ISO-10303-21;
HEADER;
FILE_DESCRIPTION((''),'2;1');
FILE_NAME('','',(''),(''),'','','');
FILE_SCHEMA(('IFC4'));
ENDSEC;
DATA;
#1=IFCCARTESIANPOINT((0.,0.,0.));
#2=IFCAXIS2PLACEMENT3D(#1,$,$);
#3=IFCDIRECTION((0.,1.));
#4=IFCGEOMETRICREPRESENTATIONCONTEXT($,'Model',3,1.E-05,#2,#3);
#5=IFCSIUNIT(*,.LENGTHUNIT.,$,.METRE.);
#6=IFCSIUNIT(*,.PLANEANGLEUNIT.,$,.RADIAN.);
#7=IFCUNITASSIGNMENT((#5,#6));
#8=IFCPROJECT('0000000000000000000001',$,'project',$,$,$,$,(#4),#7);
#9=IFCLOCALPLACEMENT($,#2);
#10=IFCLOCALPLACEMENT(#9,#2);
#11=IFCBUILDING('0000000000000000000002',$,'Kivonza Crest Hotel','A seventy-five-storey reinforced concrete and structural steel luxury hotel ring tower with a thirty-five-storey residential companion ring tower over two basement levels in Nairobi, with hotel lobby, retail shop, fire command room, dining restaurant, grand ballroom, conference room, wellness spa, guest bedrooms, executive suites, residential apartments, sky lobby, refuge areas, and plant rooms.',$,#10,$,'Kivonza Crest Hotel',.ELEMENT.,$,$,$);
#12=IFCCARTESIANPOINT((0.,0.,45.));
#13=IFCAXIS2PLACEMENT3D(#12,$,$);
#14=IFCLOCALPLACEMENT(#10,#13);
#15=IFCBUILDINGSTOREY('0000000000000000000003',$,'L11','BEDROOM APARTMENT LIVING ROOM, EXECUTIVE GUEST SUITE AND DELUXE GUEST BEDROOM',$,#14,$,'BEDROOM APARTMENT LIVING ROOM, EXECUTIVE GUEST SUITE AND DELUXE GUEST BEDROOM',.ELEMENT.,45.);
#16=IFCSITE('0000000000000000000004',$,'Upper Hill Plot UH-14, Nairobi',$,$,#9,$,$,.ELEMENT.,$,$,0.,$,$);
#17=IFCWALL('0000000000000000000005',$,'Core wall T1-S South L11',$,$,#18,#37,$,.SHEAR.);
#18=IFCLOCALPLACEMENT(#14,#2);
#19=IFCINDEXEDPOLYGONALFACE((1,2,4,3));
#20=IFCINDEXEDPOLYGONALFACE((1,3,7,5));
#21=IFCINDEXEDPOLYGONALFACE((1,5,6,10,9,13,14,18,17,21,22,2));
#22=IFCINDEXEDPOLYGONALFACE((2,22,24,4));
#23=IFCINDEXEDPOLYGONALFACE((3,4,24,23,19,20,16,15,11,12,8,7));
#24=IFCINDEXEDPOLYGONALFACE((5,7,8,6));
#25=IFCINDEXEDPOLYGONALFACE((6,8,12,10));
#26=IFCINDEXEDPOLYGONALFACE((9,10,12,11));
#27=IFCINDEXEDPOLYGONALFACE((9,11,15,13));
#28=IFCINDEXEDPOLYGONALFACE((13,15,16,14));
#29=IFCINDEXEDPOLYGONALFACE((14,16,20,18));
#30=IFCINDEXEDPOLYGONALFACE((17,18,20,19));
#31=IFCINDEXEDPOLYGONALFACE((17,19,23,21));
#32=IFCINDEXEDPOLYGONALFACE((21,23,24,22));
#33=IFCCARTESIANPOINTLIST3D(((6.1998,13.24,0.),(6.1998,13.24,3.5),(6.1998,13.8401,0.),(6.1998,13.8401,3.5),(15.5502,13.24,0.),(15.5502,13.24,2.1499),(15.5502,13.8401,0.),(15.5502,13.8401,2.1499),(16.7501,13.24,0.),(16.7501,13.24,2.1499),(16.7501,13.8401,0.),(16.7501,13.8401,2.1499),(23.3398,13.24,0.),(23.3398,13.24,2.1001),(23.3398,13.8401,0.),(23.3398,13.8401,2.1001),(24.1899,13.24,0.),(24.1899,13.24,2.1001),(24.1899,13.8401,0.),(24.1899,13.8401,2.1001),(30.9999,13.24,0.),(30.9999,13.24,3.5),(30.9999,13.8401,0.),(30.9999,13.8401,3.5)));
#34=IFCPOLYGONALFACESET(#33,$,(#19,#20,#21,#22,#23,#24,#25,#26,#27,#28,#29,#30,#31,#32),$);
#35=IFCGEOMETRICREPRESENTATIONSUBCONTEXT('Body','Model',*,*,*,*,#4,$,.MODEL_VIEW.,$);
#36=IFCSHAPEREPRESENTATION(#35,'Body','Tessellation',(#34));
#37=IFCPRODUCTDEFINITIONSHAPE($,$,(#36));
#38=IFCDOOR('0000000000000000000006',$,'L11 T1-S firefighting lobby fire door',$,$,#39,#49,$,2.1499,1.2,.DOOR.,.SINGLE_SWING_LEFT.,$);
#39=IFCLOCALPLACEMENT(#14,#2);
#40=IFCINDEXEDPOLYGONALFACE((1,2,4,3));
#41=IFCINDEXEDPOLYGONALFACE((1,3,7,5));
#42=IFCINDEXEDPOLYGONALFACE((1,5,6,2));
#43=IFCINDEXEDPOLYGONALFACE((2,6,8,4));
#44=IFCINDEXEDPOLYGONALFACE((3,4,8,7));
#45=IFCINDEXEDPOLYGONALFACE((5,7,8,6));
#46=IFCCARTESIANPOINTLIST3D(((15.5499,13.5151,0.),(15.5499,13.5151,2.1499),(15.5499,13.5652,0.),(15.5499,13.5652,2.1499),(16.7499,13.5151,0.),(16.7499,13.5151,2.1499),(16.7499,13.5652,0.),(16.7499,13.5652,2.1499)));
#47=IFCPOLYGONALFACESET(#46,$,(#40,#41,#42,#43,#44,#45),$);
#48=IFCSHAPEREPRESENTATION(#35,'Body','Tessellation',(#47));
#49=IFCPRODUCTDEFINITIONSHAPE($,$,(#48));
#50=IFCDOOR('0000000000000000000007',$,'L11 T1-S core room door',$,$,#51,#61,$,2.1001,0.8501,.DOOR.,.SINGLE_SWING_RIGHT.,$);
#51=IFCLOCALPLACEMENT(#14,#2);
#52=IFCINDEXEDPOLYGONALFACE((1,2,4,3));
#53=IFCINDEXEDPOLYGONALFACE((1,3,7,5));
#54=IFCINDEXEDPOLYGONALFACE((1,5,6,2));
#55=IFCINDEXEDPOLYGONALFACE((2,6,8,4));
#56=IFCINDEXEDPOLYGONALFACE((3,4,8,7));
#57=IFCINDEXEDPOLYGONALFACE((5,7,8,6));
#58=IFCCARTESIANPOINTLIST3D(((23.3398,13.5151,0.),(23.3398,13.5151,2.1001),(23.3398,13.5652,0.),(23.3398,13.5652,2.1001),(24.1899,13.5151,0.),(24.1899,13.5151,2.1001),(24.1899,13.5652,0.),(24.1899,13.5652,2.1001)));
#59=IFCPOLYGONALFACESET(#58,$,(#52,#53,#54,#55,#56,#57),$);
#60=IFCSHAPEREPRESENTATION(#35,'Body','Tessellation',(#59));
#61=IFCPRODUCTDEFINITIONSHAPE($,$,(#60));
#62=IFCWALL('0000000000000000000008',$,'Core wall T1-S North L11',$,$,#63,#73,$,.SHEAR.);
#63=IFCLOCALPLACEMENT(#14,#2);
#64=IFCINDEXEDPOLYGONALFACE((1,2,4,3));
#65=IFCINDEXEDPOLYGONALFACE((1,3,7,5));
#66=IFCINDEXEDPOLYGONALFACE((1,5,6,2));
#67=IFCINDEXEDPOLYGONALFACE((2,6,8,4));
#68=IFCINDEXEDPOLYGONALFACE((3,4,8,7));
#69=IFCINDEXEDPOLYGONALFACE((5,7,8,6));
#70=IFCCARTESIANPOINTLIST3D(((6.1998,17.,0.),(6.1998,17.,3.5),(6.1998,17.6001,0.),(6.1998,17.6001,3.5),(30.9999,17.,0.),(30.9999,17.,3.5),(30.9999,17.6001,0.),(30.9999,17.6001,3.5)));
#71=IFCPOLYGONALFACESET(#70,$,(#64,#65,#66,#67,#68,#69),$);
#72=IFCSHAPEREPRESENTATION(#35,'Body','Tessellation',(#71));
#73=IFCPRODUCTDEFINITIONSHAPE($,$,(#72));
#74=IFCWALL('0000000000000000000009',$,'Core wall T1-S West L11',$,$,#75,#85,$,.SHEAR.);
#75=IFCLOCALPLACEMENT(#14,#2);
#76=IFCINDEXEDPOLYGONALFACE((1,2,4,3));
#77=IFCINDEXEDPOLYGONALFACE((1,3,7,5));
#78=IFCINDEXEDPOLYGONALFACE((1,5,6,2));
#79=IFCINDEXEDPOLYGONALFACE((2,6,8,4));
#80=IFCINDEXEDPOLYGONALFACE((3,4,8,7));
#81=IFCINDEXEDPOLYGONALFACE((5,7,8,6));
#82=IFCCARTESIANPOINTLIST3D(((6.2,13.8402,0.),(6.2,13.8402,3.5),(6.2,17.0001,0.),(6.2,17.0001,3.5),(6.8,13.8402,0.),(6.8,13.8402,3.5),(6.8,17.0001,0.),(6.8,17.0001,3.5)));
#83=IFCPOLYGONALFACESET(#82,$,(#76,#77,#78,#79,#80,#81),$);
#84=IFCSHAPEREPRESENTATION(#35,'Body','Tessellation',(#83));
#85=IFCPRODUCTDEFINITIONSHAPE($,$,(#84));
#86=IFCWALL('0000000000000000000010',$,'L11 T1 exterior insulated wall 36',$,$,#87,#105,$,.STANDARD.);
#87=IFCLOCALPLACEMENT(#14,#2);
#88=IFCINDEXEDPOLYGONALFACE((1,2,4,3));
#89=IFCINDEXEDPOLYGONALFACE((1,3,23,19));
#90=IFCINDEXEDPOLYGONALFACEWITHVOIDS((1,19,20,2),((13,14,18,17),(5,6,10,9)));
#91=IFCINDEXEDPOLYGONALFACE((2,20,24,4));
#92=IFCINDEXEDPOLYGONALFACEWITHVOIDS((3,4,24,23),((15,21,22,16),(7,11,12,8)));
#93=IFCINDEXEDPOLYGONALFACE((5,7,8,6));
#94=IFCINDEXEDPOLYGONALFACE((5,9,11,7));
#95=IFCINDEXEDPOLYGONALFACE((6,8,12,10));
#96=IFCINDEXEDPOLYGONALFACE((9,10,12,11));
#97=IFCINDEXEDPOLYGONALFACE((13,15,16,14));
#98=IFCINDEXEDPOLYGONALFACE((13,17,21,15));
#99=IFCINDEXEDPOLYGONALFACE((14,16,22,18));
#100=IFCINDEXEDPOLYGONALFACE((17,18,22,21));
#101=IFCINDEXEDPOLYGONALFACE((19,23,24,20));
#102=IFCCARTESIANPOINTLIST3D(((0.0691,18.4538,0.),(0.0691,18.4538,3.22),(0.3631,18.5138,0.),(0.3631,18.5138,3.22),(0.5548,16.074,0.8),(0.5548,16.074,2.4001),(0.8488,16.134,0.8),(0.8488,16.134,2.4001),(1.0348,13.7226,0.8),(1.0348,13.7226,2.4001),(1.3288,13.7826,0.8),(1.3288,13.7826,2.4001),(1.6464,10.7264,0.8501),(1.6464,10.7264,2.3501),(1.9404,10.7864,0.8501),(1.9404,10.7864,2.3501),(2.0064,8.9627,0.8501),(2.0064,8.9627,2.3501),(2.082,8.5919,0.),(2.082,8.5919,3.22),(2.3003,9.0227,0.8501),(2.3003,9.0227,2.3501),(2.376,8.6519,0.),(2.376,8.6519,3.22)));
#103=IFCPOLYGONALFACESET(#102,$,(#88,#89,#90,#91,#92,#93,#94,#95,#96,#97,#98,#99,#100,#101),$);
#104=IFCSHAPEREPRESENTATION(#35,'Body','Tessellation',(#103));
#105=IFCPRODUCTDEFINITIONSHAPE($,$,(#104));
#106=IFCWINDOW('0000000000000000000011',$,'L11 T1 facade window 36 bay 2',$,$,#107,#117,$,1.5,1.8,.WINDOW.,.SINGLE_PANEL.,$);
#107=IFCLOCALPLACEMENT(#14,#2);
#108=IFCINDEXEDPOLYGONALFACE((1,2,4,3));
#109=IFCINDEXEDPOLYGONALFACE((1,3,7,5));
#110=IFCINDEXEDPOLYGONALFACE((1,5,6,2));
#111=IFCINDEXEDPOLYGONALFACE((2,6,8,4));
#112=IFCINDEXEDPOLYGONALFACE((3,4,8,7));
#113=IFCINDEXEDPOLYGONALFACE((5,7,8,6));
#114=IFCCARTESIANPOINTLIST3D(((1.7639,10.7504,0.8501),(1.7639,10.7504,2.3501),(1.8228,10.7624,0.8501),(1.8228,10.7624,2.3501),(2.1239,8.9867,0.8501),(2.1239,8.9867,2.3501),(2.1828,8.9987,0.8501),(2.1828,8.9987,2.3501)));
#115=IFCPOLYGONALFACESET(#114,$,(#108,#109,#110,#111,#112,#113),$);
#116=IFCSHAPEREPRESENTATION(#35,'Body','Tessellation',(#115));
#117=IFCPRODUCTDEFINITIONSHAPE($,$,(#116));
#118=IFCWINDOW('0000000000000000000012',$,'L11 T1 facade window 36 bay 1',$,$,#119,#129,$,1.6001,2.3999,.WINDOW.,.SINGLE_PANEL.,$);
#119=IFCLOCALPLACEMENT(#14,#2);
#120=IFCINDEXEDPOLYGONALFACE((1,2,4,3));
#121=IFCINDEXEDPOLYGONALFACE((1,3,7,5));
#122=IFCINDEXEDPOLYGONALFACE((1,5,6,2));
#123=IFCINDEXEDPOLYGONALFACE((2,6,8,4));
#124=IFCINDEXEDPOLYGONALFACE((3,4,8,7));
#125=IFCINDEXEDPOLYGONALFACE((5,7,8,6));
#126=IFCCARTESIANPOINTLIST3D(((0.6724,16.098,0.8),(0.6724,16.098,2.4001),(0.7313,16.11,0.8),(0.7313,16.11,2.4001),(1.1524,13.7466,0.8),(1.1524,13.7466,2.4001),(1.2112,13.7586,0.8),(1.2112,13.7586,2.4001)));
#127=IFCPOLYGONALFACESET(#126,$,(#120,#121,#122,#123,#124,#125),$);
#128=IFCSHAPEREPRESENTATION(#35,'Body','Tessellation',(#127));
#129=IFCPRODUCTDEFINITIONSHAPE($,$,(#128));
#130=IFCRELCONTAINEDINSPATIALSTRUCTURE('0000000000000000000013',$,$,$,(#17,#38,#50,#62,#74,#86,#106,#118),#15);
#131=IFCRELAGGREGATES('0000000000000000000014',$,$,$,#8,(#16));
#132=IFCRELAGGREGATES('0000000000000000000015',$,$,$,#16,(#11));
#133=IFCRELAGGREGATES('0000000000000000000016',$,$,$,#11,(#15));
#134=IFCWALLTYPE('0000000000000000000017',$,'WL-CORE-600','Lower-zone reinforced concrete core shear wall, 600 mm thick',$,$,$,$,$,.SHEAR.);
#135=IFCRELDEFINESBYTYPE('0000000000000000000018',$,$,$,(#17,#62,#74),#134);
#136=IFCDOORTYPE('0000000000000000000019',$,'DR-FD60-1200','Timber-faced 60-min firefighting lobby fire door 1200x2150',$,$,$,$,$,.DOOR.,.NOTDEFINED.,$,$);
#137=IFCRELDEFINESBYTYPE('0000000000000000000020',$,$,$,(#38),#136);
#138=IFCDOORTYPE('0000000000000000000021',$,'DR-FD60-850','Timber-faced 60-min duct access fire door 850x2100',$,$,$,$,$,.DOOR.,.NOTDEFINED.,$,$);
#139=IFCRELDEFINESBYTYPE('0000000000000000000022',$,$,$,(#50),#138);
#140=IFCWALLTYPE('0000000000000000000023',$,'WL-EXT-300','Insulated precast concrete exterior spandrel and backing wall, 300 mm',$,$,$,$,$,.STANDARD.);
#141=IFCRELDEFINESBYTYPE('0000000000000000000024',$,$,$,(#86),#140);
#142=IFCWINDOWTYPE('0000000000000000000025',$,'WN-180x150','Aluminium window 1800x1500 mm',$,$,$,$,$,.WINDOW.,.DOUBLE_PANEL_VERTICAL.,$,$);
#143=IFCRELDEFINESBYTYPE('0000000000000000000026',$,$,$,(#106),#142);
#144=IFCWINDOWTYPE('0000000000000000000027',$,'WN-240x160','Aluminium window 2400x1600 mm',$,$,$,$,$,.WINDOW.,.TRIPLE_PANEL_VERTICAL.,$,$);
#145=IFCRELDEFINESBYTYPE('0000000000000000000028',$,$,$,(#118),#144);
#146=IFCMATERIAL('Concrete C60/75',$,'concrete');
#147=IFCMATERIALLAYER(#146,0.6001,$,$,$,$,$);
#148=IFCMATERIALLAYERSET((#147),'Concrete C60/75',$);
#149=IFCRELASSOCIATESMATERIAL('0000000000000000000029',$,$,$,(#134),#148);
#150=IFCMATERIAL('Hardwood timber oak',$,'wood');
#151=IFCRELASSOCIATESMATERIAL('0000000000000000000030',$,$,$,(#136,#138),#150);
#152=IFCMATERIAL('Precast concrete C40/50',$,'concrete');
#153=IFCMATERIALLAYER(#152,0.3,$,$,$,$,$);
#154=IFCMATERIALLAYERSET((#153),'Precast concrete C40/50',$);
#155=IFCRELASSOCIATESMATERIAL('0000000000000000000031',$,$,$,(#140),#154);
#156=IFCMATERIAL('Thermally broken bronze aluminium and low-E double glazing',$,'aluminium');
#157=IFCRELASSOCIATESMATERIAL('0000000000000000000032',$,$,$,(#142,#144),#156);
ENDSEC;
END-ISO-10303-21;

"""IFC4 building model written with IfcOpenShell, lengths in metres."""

from ifc_helpers import new_model, si_unit, direction, frame, frame_2d, origin, place, context, subcontext, project, spatial, rectangle, extrude, material, layer, layer_set, type_object, element, fill, save


model = new_model("IFC4")

# Units and contexts
model_context = context("Model", 3, precision=1e-05, world=origin(), true_north=direction((0.0, 1.0)))
body_context = subcontext(model_context, "Body", "Model", "MODEL_VIEW")
ifc_project = project(units=[si_unit("LENGTHUNIT", "METRE"), si_unit("PLANEANGLEUNIT", "RADIAN")], contexts=[model_context])

# Site, building, storey
site_placement = place(None, origin())
site = spatial("IfcSite", under=ifc_project, at=site_placement, Name="Upper Hill Plot UH-14, Nairobi", CompositionType="ELEMENT", RefElevation=0.0)
building_placement = place(site_placement, origin())
building = spatial("IfcBuilding", under=site, at=building_placement, Name="Kivonza Crest Hotel", Description="A seventy-five-storey reinforced concrete and structural steel luxury hotel ring tower with a thirty-five-storey residential companion ring tower over two basement levels in Nairobi, with hotel lobby, retail shop, fire command room, dining restaurant, grand ballroom, conference room, wellness spa, guest bedrooms, executive suites, residential apartments, sky lobby, refuge areas, and plant rooms.", LongName="Kivonza Crest Hotel", CompositionType="ELEMENT")
storey_placement = place(building_placement, frame((0.0, 0.0, 45.0)))
storey = spatial("IfcBuildingStorey", under=building, at=storey_placement, Name="L11", Description="BEDROOM APARTMENT LIVING ROOM, EXECUTIVE GUEST SUITE AND DELUXE GUEST BEDROOM", LongName="BEDROOM APARTMENT LIVING ROOM, EXECUTIVE GUEST SUITE AND DELUXE GUEST BEDROOM", CompositionType="ELEMENT", Elevation=45.0)

# Shared definitions
ifc_material_1 = material(Name="Concrete C60/75", Category="concrete")

# Shared definitions
ifc_material_2 = material(Name="Hardwood timber oak", Category="wood")

# Wall, openings, doors
ifc_layer_1 = layer(ifc_material_1, 0.6001)
ifc_layer_set_1 = layer_set([ifc_layer_1], Name="Concrete C60/75")
wall_type_1 = type_object("IfcWallType", Name="WL-CORE-600", Description="Lower-zone reinforced concrete core shear wall, 600 mm thick", PredefinedType="SHEAR", material=ifc_layer_set_1)
wall_1_placement = place(storey_placement, frame((6.2, 13.54, 0.0), z_axis=(0.0, 0.0, 1.0), x_axis=(1.0, 0.0, 0.0)))
wall_1 = element("IfcWall", 1, at=wall_1_placement, inside=storey, type_object=wall_type_1, Name="Core wall T1-S South L11", PredefinedType="SHEAR", context=body_context, shape_type="SweptSolid", body=[
    extrude(rectangle(XDim=24.8, YDim=0.6001, at=frame_2d((12.3999, 0.0))), origin(), (0.0, 0.0, 1.0), 3.5),
])
opening_1_placement = place(wall_1_placement, frame((9.3501, 0.0, 0.0)))
opening_1 = element("IfcOpeningElement", 2, at=opening_1_placement, cuts=wall_1, PredefinedType="OPENING", context=body_context, shape_type="SweptSolid", body=[
    extrude(rectangle(XDim=1.2, YDim=2.1499, at=frame_2d((0.6001, 1.075))), frame((0.0, 0.3101, 0.0), z_axis=(0.0, -1.0, 0.0), x_axis=(1.0, 0.0, 0.0)), (0.0, 0.0, 1.0), 0.6201),
])
opening_2_placement = place(wall_1_placement, frame((17.1399, 0.0, 0.0)))
opening_2 = element("IfcOpeningElement", 3, at=opening_2_placement, cuts=wall_1, PredefinedType="OPENING", context=body_context, shape_type="SweptSolid", body=[
    extrude(rectangle(XDim=0.8501, YDim=2.1001, at=frame_2d((0.425, 1.05))), frame((0.0, 0.3101, 0.0), z_axis=(0.0, -1.0, 0.0), x_axis=(1.0, 0.0, 0.0)), (0.0, 0.0, 1.0), 0.6201),
])
door_type_1 = type_object("IfcDoorType", Name="DR-FD60-1200", Description="Timber-faced 60-min firefighting lobby fire door 1200x2150", OperationType="NOTDEFINED", PredefinedType="DOOR", material=ifc_material_2)
door_1_placement = place(opening_1_placement, frame((1.2, 0.0, 0.0), z_axis=(0.0, 0.0, 1.0), x_axis=(-1.0, 0.0, 0.0)))
door_1 = element("IfcDoor", 4, at=door_1_placement, inside=storey, type_object=door_type_1, Name="L11 T1-S firefighting lobby fire door", OperationType="SINGLE_SWING_LEFT", OverallHeight=2.1499, OverallWidth=1.2, PredefinedType="DOOR", context=body_context, shape_type="SweptSolid", body=[
    extrude(rectangle(XDim=1.2, YDim=2.1499, at=frame_2d((0.6001, 1.075))), frame((0.0, 0.0249, 0.0), z_axis=(0.0, -1.0, 0.0), x_axis=(1.0, 0.0, 0.0)), (0.0, 0.0, 1.0), 0.05),
])
fill(opening_1, door_1)
door_type_2 = type_object("IfcDoorType", Name="DR-FD60-850", Description="Timber-faced 60-min duct access fire door 850x2100", OperationType="NOTDEFINED", PredefinedType="DOOR", material=ifc_material_2)
door_2_placement = place(opening_2_placement, frame((0.8501, 0.0, 0.0), z_axis=(0.0, 0.0, 1.0), x_axis=(-1.0, 0.0, 0.0)))
door_2 = element("IfcDoor", 5, at=door_2_placement, inside=storey, type_object=door_type_2, Name="L11 T1-S core room door", OperationType="SINGLE_SWING_RIGHT", OverallHeight=2.1001, OverallWidth=0.8501, PredefinedType="DOOR", context=body_context, shape_type="SweptSolid", body=[
    extrude(rectangle(XDim=0.8501, YDim=2.1001, at=frame_2d((0.425, 1.05))), frame((0.0, 0.0249, 0.0), z_axis=(0.0, -1.0, 0.0), x_axis=(1.0, 0.0, 0.0)), (0.0, 0.0, 1.0), 0.05),
])
fill(opening_2, door_2)

# Walls
wall_2_placement = place(storey_placement, frame((6.2, 17.3, 0.0), z_axis=(0.0, 0.0, 1.0), x_axis=(1.0, 0.0, 0.0)))
element("IfcWall", 6, at=wall_2_placement, inside=storey, type_object=wall_type_1, Name="Core wall T1-S North L11", PredefinedType="SHEAR", context=body_context, shape_type="SweptSolid", body=[
    extrude(rectangle(XDim=24.8, YDim=0.6001, at=frame_2d((12.3999, 0.0))), origin(), (0.0, 0.0, 1.0), 3.5),
])
wall_3_placement = place(storey_placement, frame((6.5, 13.8401, 0.0), z_axis=(0.0, 0.0, 1.0), x_axis=(0.0, 1.0, 0.0)))
element("IfcWall", 7, at=wall_3_placement, inside=storey, type_object=wall_type_1, Name="Core wall T1-S West L11", PredefinedType="SHEAR", context=body_context, shape_type="SweptSolid", body=[
    extrude(rectangle(XDim=3.1599, YDim=0.6001, at=frame_2d((1.5801, 0.0))), origin(), (0.0, 0.0, 1.0), 3.5),
])

# Wall, openings, windows
ifc_material_3 = material(Name="Precast concrete C40/50", Category="concrete")
ifc_layer_2 = layer(ifc_material_3, 0.3)
ifc_layer_set_2 = layer_set([ifc_layer_2], Name="Precast concrete C40/50")
wall_type_2 = type_object("IfcWallType", Name="WL-EXT-300", Description="Insulated precast concrete exterior spandrel and backing wall, 300 mm", PredefinedType="STANDARD", material=ifc_layer_set_2)
wall_4_placement = place(storey_placement, frame((0.2161, 18.4839, 0.0), z_axis=(0.0, 0.0, 1.0), x_axis=(0.199991, -0.979798, 0.0)))
wall_4 = element("IfcWall", 8, at=wall_4_placement, inside=storey, type_object=wall_type_2, Name="L11 T1 exterior insulated wall 36", PredefinedType="STANDARD", context=body_context, shape_type="SweptSolid", body=[
    extrude(rectangle(XDim=10.0652, YDim=0.3, at=frame_2d((5.0327, 0.0))), origin(), (0.0, 0.0, 1.0), 3.22),
])
opening_3_placement = place(wall_4_placement, frame((2.429, 0.0, 0.8)))
opening_3 = element("IfcOpeningElement", 9, at=opening_3_placement, cuts=wall_4, PredefinedType="OPENING", context=body_context, shape_type="SweptSolid", body=[
    extrude(rectangle(XDim=2.3999, YDim=1.6001, at=frame_2d((1.2, 0.8))), frame((0.0, 0.1602, 0.0), z_axis=(0.0, -1.0, 0.0), x_axis=(1.0, 0.0, 0.0)), (0.0, 0.0, 1.0), 0.3201),
])
opening_4_placement = place(wall_4_placement, frame((7.887, 0.0, 0.8501)))
opening_4 = element("IfcOpeningElement", 10, at=opening_4_placement, cuts=wall_4, PredefinedType="OPENING", context=body_context, shape_type="SweptSolid", body=[
    extrude(rectangle(XDim=1.8, YDim=1.5, at=frame_2d((0.8999, 0.75))), frame((0.0, 0.1602, 0.0), z_axis=(0.0, -1.0, 0.0), x_axis=(1.0, 0.0, 0.0)), (0.0, 0.0, 1.0), 0.3201),
])
ifc_material_4 = material(Name="Thermally broken bronze aluminium and low-E double glazing", Category="aluminium")
window_type_1 = type_object("IfcWindowType", Name="WN-180x150", Description="Aluminium window 1800x1500 mm", PartitioningType="DOUBLE_PANEL_VERTICAL", PredefinedType="WINDOW", material=ifc_material_4)
window_1_placement = place(opening_4_placement, origin())
window_1 = element("IfcWindow", 11, at=window_1_placement, inside=storey, type_object=window_type_1, Name="L11 T1 facade window 36 bay 2", OverallHeight=1.5, OverallWidth=1.8, PartitioningType="SINGLE_PANEL", PredefinedType="WINDOW", context=body_context, shape_type="SweptSolid", body=[
    extrude(rectangle(XDim=1.8, YDim=1.5, at=frame_2d((0.8999, 0.75))), frame((0.0, 0.03, 0.0), z_axis=(0.0, -1.0, 0.0), x_axis=(1.0, 0.0, 0.0)), (0.0, 0.0, 1.0), 0.0601),
])
fill(opening_4, window_1)
window_type_2 = type_object("IfcWindowType", Name="WN-240x160", Description="Aluminium window 2400x1600 mm", PartitioningType="TRIPLE_PANEL_VERTICAL", PredefinedType="WINDOW", material=ifc_material_4)
window_2_placement = place(opening_3_placement, origin())
window_2 = element("IfcWindow", 12, at=window_2_placement, inside=storey, type_object=window_type_2, Name="L11 T1 facade window 36 bay 1", OverallHeight=1.6001, OverallWidth=2.3999, PartitioningType="SINGLE_PANEL", PredefinedType="WINDOW", context=body_context, shape_type="SweptSolid", body=[
    extrude(rectangle(XDim=2.3999, YDim=1.6001, at=frame_2d((1.2, 0.8))), frame((0.0, 0.03, 0.0), z_axis=(0.0, -1.0, 0.0), x_axis=(1.0, 0.0, 0.0)), (0.0, 0.0, 1.0), 0.0601),
])
fill(opening_3, window_2)

save(model, "model.ifc")
